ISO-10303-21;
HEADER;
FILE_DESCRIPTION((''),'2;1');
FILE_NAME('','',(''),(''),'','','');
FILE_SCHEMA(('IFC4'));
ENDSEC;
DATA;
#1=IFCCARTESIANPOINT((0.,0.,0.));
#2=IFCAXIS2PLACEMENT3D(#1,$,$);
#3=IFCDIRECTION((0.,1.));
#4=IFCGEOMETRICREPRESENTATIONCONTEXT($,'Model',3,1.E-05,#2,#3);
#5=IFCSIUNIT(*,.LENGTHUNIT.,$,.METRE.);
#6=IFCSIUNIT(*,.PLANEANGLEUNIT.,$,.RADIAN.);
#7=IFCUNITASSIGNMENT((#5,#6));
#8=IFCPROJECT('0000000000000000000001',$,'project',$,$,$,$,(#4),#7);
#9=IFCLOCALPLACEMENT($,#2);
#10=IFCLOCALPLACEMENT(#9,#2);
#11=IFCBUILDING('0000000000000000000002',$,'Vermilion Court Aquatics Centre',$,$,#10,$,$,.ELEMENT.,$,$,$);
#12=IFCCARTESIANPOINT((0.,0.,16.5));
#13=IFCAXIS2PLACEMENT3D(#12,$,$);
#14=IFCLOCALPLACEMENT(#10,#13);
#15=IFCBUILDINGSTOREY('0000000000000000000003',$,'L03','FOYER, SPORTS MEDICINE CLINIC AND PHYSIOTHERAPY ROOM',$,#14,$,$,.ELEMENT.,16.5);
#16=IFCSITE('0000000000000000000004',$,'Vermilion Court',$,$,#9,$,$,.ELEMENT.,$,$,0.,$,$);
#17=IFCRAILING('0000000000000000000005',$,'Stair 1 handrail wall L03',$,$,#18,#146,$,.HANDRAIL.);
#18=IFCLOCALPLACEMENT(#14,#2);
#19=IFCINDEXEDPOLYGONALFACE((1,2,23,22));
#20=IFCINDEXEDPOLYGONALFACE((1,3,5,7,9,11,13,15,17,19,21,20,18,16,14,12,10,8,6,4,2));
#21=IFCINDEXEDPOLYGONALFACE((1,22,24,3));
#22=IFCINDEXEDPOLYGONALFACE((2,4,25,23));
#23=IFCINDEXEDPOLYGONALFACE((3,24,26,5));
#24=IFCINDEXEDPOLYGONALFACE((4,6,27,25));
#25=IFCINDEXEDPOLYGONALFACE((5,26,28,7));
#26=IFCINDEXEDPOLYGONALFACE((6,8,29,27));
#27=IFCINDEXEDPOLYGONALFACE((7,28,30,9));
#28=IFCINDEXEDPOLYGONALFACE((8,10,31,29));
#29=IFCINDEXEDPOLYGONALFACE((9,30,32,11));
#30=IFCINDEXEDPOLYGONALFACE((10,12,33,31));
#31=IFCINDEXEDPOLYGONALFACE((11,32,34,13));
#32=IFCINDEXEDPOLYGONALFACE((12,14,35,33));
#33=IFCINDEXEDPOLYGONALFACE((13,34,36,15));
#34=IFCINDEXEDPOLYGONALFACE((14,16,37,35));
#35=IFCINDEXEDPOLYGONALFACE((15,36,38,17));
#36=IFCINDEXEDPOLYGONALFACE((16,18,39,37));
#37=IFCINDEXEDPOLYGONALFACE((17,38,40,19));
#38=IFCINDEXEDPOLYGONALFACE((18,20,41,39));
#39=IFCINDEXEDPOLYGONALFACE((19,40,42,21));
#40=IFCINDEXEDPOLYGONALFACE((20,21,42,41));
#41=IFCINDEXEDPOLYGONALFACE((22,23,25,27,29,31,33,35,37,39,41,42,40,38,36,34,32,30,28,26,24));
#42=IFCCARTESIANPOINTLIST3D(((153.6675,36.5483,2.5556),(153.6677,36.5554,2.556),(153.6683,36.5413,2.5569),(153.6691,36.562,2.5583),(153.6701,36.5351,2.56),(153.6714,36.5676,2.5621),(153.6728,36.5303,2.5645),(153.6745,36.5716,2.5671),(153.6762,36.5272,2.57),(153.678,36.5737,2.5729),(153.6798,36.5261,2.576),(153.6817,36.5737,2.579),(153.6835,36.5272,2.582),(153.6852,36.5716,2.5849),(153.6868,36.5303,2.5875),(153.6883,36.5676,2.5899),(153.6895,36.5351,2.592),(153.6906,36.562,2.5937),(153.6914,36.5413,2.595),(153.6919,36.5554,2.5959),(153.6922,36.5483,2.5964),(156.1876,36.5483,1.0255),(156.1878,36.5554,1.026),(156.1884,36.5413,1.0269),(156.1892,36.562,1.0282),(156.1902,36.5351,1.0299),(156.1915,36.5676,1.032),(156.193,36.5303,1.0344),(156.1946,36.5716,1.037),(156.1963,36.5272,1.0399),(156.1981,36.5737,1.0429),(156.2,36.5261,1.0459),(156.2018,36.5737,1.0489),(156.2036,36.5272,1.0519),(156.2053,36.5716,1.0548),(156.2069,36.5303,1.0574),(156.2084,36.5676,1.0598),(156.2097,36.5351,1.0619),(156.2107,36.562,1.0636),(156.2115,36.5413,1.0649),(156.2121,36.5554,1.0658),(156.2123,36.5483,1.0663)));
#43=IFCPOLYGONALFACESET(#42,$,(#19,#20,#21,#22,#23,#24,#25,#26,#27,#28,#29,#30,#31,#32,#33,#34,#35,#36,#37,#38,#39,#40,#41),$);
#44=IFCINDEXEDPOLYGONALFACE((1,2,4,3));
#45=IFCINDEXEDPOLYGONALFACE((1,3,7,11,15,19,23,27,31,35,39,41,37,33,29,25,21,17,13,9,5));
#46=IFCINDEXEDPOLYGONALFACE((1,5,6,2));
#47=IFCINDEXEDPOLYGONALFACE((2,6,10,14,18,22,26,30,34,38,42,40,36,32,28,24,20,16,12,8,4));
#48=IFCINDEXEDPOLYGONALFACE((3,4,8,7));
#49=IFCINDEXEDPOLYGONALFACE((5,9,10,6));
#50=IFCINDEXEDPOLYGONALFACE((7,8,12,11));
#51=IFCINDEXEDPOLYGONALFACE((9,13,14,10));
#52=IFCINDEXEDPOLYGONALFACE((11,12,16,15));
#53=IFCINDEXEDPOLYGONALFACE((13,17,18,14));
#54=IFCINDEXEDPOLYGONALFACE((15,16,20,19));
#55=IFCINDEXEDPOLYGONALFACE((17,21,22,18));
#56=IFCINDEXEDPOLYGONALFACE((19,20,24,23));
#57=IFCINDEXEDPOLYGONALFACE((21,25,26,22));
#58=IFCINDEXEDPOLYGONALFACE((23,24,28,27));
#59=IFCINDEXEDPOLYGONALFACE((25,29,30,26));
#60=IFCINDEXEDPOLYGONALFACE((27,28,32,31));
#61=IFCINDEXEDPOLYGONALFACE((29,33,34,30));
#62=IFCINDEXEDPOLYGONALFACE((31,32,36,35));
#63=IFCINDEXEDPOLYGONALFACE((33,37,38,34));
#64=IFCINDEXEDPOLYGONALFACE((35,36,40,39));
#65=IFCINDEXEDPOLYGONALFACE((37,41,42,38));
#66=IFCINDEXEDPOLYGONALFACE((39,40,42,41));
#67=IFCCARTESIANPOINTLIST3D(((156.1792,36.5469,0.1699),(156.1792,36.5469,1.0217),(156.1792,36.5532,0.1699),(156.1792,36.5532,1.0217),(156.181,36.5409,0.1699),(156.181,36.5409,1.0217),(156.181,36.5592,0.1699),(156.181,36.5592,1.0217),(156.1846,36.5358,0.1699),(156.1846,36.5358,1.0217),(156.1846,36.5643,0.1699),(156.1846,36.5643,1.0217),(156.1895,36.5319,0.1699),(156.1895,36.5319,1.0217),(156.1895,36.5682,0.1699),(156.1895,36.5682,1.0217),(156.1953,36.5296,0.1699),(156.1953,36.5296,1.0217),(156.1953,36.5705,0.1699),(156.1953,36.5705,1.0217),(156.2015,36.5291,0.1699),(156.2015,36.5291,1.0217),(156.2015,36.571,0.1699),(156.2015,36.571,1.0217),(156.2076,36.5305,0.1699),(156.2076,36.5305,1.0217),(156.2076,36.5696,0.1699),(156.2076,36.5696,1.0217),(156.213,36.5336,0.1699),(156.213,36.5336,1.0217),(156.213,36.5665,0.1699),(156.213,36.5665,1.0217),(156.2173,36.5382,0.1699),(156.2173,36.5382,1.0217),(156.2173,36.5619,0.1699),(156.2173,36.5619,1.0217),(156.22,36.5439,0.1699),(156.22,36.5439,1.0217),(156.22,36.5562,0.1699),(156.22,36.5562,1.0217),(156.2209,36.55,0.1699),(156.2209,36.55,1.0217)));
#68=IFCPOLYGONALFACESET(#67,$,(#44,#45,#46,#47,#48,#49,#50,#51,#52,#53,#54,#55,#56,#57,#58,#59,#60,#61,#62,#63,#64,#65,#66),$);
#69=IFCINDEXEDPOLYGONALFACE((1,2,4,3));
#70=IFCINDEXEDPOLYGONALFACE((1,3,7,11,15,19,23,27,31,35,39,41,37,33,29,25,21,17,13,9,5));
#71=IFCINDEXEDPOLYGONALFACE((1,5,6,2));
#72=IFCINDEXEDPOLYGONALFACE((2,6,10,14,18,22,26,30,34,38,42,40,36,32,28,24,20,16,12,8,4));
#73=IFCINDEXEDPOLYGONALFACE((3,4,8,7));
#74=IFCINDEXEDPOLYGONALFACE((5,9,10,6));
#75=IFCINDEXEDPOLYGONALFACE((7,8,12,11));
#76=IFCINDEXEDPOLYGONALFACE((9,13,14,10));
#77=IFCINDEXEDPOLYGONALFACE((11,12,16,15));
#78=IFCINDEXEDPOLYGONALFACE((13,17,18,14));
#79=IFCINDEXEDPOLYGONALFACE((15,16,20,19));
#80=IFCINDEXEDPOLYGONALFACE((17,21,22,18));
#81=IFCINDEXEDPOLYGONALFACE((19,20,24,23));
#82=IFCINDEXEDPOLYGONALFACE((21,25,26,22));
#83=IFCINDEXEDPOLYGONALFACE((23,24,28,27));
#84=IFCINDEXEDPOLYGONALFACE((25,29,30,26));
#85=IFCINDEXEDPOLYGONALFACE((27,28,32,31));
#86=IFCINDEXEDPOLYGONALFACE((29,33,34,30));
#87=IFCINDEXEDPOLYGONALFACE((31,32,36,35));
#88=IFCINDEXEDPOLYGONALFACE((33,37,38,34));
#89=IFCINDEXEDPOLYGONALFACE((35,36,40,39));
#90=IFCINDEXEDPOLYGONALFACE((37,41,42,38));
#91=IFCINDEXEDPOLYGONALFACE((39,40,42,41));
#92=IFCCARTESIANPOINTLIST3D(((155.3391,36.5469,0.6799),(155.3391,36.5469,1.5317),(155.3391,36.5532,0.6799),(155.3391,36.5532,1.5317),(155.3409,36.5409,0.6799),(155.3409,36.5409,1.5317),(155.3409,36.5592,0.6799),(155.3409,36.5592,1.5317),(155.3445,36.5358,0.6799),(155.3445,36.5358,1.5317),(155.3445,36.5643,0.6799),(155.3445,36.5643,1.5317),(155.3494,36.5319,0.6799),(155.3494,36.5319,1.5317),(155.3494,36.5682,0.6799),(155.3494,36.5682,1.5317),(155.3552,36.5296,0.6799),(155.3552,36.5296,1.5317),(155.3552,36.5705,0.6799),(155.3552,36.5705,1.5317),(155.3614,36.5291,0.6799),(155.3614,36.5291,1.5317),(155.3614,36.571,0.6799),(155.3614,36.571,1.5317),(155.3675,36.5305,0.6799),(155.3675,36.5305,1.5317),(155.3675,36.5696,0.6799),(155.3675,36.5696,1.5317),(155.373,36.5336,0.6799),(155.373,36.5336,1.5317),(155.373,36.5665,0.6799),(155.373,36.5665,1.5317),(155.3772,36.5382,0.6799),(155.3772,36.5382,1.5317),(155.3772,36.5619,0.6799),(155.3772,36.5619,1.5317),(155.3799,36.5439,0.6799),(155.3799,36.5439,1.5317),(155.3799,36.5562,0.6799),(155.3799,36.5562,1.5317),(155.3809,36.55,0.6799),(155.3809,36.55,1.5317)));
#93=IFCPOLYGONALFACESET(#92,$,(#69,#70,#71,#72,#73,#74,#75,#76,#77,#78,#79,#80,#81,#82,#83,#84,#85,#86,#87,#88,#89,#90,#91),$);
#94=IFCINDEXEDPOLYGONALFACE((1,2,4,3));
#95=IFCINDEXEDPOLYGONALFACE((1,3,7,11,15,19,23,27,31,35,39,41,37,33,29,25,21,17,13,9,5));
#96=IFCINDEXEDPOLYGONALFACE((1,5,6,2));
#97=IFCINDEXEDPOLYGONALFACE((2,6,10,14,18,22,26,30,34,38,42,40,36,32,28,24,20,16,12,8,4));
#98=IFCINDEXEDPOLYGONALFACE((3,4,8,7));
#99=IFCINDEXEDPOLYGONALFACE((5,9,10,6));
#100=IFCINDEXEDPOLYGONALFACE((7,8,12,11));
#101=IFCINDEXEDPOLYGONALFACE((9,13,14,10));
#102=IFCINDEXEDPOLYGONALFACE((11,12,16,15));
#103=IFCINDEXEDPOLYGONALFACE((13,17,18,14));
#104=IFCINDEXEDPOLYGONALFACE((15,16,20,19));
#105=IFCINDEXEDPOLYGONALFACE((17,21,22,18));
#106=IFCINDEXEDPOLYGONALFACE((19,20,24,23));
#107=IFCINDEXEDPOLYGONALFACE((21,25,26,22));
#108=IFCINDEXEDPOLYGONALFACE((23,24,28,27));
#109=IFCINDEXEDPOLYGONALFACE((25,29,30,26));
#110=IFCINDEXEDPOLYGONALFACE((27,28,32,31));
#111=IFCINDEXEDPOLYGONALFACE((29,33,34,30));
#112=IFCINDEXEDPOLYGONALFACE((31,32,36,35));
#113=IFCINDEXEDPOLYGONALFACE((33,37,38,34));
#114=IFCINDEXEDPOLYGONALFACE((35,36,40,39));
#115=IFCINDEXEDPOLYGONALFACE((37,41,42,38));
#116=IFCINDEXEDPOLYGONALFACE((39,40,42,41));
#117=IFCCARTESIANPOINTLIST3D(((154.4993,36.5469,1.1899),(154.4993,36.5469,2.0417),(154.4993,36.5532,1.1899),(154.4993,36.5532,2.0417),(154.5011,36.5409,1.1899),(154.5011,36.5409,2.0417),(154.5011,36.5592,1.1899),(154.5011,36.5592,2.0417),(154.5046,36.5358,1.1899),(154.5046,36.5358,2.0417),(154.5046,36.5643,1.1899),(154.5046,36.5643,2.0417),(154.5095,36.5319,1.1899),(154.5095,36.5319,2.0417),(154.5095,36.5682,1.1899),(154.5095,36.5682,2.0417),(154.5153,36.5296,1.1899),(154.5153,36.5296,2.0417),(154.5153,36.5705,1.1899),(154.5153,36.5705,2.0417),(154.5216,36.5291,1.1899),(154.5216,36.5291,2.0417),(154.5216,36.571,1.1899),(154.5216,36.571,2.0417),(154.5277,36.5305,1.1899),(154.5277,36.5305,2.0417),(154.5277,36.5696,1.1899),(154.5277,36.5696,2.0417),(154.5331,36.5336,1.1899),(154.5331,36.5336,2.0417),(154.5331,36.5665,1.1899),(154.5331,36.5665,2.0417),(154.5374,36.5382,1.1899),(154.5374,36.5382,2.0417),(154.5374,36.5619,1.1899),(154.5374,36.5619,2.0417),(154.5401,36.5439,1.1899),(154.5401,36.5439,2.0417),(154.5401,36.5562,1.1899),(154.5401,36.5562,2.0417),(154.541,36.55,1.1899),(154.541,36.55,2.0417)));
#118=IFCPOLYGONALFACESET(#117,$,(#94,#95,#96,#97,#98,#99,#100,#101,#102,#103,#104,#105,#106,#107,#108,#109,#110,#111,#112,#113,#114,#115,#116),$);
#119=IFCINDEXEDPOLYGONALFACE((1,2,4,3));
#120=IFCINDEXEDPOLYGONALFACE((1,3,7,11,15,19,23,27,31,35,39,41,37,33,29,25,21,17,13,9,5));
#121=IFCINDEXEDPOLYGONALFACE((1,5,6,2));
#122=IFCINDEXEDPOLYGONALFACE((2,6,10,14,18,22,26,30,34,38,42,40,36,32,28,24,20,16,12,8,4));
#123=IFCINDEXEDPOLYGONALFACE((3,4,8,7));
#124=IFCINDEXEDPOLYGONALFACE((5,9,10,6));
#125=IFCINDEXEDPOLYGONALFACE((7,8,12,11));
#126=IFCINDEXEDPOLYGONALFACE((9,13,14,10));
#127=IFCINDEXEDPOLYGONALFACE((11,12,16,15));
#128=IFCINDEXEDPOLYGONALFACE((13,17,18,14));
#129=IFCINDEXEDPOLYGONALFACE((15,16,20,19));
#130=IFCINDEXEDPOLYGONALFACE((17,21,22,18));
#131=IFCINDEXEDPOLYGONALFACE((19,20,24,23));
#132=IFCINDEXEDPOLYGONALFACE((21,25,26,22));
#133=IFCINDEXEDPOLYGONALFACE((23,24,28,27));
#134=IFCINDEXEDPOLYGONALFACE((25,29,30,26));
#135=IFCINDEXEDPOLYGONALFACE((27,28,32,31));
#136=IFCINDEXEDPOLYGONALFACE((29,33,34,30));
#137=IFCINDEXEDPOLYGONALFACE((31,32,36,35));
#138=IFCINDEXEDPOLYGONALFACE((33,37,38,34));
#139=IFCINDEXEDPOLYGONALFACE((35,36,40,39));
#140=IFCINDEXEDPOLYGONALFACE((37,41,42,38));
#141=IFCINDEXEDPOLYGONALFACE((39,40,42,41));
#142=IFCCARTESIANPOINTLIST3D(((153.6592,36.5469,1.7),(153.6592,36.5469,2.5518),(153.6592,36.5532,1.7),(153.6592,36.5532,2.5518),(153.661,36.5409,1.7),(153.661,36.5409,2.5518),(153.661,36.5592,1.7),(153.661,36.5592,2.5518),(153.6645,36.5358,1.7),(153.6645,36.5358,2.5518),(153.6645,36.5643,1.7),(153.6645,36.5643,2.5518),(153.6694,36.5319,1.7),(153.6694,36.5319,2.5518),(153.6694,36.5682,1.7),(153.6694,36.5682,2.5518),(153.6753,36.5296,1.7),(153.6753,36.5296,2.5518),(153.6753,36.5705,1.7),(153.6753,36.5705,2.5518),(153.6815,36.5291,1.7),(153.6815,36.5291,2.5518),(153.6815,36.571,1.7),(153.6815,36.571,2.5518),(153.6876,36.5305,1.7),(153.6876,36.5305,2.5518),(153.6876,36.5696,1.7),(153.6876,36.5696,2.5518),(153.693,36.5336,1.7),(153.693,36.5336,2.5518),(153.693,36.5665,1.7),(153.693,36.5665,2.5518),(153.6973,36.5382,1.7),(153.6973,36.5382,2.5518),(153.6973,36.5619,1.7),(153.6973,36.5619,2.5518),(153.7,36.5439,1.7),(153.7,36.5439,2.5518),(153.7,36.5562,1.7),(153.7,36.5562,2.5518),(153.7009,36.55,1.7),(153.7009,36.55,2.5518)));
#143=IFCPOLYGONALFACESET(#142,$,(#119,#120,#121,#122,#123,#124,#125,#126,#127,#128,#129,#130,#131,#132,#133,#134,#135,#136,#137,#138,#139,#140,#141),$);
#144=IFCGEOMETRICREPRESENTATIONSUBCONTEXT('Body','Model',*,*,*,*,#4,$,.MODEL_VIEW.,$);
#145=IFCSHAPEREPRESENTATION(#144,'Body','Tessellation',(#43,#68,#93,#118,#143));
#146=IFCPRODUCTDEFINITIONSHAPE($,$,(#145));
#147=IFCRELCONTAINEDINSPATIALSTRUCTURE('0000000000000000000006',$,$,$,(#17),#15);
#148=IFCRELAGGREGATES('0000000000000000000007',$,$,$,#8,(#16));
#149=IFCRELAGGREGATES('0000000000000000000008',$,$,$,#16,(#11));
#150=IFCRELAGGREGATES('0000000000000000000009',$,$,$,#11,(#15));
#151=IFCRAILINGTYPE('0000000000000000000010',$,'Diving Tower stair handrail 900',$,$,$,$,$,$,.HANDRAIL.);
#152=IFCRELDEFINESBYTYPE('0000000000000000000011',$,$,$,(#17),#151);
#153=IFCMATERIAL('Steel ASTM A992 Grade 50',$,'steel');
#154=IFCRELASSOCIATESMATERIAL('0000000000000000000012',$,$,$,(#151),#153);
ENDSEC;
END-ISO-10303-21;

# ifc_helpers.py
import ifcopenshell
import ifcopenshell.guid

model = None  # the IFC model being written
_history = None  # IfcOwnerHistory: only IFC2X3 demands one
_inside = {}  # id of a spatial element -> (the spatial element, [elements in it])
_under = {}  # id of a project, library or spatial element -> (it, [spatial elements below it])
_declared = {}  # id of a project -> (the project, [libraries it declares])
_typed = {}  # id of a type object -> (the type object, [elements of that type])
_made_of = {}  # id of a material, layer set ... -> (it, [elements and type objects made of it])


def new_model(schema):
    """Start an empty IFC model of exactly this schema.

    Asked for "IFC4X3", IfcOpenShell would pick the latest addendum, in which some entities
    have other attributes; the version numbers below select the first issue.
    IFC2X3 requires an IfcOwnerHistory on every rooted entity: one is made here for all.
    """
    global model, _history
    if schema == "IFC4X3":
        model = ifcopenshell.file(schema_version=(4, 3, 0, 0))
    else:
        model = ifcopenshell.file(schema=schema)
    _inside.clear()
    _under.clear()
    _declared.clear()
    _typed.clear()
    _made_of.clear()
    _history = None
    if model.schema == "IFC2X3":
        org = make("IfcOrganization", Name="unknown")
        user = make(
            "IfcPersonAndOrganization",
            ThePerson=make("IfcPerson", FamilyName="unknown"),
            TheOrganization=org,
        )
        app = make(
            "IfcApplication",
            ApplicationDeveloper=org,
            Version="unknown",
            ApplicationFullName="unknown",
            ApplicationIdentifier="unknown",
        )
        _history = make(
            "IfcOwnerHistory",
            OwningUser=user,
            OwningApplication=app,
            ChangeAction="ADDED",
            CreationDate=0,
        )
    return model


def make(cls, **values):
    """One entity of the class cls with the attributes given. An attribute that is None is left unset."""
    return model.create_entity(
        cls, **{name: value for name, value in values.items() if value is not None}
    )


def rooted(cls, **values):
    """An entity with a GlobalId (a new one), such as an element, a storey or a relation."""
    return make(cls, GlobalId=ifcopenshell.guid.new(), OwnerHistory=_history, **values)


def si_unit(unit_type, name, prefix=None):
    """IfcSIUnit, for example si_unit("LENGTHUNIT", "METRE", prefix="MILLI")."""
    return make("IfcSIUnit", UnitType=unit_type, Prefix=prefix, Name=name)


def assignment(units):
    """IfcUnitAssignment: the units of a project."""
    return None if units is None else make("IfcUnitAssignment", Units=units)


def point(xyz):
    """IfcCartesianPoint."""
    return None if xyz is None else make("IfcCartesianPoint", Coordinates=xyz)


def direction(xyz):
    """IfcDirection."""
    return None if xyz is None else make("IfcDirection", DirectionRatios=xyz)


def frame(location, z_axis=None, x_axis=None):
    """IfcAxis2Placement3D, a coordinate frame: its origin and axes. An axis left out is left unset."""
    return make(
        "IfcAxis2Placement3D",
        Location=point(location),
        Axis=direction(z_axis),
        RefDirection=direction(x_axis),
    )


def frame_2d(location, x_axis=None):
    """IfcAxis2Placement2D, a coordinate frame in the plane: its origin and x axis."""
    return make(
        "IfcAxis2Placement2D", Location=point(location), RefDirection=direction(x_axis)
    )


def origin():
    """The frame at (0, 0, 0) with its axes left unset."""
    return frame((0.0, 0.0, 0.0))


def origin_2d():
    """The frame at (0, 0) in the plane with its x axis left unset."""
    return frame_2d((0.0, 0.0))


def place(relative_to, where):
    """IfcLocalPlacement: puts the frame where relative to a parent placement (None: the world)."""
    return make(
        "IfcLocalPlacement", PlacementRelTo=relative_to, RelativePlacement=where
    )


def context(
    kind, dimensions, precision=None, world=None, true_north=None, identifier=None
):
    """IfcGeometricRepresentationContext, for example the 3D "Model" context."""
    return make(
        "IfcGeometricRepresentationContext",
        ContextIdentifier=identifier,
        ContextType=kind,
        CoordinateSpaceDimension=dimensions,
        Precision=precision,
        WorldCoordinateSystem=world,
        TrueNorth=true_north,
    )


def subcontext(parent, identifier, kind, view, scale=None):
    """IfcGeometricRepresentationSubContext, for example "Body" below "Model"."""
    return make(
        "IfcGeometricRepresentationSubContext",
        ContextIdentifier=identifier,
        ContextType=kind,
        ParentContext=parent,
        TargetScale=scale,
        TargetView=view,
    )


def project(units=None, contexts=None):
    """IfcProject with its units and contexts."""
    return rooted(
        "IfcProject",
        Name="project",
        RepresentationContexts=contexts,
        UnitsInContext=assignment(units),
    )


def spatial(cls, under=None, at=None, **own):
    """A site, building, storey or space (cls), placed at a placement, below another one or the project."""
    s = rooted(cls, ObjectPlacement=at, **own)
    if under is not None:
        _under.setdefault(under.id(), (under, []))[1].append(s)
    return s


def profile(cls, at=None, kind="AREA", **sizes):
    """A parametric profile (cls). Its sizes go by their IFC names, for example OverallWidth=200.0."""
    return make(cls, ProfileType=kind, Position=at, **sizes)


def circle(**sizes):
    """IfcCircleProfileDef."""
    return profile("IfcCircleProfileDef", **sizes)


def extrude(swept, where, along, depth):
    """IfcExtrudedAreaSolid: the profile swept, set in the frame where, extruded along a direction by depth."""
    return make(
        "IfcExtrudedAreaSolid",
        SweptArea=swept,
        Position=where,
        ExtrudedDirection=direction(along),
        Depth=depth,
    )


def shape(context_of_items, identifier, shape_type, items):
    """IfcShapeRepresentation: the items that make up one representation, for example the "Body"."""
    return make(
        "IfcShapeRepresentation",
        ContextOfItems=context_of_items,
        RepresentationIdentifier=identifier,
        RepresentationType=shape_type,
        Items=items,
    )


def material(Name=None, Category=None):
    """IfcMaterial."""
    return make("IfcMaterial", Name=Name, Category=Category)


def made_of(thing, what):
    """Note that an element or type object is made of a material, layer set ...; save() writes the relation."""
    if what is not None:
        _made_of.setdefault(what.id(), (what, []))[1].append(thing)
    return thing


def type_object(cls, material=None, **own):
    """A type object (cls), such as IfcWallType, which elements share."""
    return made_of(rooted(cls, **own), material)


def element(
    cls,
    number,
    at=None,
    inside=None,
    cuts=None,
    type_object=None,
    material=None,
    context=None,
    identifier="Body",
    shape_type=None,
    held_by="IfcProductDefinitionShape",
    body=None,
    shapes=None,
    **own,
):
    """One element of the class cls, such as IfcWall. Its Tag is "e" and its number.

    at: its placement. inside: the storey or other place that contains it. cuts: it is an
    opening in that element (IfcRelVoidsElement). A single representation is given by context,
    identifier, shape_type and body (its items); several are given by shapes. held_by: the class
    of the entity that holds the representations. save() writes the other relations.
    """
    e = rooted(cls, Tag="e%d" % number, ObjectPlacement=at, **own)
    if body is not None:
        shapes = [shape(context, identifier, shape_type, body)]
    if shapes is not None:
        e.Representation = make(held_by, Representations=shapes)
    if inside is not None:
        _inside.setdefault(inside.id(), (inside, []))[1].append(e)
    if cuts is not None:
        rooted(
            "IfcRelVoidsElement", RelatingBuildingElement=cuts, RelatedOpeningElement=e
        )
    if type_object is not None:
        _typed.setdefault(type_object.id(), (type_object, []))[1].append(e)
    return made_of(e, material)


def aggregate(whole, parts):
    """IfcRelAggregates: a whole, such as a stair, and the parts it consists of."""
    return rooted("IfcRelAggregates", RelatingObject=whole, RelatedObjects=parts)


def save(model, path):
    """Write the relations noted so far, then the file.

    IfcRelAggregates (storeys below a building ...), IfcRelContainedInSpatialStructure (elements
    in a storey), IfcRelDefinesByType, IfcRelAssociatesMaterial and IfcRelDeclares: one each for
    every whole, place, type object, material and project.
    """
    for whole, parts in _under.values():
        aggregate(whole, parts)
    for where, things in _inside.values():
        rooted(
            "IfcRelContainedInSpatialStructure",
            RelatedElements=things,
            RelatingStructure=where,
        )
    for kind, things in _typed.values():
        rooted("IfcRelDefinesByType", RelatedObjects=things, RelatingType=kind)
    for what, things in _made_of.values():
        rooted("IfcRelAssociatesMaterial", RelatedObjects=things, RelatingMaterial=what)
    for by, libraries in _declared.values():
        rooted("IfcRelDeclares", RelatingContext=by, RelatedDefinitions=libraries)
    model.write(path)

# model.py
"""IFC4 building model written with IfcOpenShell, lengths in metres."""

from ifc_helpers import new_model, si_unit, direction, frame, origin, origin_2d, place, context, subcontext, project, spatial, circle, extrude, material, type_object, element, save


model = new_model("IFC4")

# Units and contexts
model_context = context("Model", 3, precision=1e-05, world=origin(), true_north=direction((0.0, 1.0)))
body_context = subcontext(model_context, "Body", "Model", "MODEL_VIEW")
ifc_project = project(units=[si_unit("LENGTHUNIT", "METRE"), si_unit("PLANEANGLEUNIT", "RADIAN")], contexts=[model_context])

# Site, building, storey
site_placement = place(None, origin())
site = spatial("IfcSite", under=ifc_project, at=site_placement, Name="Vermilion Court", CompositionType="ELEMENT", RefElevation=0.0)
building_placement = place(site_placement, origin())
building = spatial("IfcBuilding", under=site, at=building_placement, Name="Vermilion Court Aquatics Centre", CompositionType="ELEMENT")
storey_placement = place(building_placement, frame((0.0, 0.0, 16.5)))
storey = spatial("IfcBuildingStorey", under=building, at=storey_placement, Name="L03", Description="FOYER, SPORTS MEDICINE CLINIC AND PHYSIOTHERAPY ROOM", CompositionType="ELEMENT", Elevation=16.5)

# Railing
ifc_material_1 = material(Name="Steel ASTM A992 Grade 50", Category="steel")
railing_type_1 = type_object("IfcRailingType", Name="Diving Tower stair handrail 900", PredefinedType="HANDRAIL", material=ifc_material_1)
for number, where, name in (
    (1, (156.2, 36.55, 0.1699), "Stair 1 handrail wall L03"),
):
    element("IfcRailing", number, at=place(storey_placement, frame(where)), inside=storey, type_object=railing_type_1, Name=name, PredefinedType="HANDRAIL", context=body_context, shape_type="SweptSolid", body=[
        extrude(circle(Radius=0.0239, at=origin_2d()), frame((0.0, 0.0, 0.876), z_axis=(-0.854785, 0.0, 0.518982), x_axis=(0.0, -1.0, 0.0)), (0.0, 0.0, 1.0), 2.9482),
        extrude(circle(Radius=0.021, at=origin_2d()), origin(), (0.0, 0.0, 1.0), 0.8518),
        extrude(circle(Radius=0.021, at=origin_2d()), frame((-0.8401, 0.0, 0.51)), (0.0, 0.0, 1.0), 0.8518),
        extrude(circle(Radius=0.021, at=origin_2d()), frame((-1.6799, 0.0, 1.02)), (0.0, 0.0, 1.0), 0.8518),
        extrude(circle(Radius=0.021, at=origin_2d()), frame((-2.52, 0.0, 1.53)), (0.0, 0.0, 1.0), 0.8518),
    ])

save(model, "model.ifc")
